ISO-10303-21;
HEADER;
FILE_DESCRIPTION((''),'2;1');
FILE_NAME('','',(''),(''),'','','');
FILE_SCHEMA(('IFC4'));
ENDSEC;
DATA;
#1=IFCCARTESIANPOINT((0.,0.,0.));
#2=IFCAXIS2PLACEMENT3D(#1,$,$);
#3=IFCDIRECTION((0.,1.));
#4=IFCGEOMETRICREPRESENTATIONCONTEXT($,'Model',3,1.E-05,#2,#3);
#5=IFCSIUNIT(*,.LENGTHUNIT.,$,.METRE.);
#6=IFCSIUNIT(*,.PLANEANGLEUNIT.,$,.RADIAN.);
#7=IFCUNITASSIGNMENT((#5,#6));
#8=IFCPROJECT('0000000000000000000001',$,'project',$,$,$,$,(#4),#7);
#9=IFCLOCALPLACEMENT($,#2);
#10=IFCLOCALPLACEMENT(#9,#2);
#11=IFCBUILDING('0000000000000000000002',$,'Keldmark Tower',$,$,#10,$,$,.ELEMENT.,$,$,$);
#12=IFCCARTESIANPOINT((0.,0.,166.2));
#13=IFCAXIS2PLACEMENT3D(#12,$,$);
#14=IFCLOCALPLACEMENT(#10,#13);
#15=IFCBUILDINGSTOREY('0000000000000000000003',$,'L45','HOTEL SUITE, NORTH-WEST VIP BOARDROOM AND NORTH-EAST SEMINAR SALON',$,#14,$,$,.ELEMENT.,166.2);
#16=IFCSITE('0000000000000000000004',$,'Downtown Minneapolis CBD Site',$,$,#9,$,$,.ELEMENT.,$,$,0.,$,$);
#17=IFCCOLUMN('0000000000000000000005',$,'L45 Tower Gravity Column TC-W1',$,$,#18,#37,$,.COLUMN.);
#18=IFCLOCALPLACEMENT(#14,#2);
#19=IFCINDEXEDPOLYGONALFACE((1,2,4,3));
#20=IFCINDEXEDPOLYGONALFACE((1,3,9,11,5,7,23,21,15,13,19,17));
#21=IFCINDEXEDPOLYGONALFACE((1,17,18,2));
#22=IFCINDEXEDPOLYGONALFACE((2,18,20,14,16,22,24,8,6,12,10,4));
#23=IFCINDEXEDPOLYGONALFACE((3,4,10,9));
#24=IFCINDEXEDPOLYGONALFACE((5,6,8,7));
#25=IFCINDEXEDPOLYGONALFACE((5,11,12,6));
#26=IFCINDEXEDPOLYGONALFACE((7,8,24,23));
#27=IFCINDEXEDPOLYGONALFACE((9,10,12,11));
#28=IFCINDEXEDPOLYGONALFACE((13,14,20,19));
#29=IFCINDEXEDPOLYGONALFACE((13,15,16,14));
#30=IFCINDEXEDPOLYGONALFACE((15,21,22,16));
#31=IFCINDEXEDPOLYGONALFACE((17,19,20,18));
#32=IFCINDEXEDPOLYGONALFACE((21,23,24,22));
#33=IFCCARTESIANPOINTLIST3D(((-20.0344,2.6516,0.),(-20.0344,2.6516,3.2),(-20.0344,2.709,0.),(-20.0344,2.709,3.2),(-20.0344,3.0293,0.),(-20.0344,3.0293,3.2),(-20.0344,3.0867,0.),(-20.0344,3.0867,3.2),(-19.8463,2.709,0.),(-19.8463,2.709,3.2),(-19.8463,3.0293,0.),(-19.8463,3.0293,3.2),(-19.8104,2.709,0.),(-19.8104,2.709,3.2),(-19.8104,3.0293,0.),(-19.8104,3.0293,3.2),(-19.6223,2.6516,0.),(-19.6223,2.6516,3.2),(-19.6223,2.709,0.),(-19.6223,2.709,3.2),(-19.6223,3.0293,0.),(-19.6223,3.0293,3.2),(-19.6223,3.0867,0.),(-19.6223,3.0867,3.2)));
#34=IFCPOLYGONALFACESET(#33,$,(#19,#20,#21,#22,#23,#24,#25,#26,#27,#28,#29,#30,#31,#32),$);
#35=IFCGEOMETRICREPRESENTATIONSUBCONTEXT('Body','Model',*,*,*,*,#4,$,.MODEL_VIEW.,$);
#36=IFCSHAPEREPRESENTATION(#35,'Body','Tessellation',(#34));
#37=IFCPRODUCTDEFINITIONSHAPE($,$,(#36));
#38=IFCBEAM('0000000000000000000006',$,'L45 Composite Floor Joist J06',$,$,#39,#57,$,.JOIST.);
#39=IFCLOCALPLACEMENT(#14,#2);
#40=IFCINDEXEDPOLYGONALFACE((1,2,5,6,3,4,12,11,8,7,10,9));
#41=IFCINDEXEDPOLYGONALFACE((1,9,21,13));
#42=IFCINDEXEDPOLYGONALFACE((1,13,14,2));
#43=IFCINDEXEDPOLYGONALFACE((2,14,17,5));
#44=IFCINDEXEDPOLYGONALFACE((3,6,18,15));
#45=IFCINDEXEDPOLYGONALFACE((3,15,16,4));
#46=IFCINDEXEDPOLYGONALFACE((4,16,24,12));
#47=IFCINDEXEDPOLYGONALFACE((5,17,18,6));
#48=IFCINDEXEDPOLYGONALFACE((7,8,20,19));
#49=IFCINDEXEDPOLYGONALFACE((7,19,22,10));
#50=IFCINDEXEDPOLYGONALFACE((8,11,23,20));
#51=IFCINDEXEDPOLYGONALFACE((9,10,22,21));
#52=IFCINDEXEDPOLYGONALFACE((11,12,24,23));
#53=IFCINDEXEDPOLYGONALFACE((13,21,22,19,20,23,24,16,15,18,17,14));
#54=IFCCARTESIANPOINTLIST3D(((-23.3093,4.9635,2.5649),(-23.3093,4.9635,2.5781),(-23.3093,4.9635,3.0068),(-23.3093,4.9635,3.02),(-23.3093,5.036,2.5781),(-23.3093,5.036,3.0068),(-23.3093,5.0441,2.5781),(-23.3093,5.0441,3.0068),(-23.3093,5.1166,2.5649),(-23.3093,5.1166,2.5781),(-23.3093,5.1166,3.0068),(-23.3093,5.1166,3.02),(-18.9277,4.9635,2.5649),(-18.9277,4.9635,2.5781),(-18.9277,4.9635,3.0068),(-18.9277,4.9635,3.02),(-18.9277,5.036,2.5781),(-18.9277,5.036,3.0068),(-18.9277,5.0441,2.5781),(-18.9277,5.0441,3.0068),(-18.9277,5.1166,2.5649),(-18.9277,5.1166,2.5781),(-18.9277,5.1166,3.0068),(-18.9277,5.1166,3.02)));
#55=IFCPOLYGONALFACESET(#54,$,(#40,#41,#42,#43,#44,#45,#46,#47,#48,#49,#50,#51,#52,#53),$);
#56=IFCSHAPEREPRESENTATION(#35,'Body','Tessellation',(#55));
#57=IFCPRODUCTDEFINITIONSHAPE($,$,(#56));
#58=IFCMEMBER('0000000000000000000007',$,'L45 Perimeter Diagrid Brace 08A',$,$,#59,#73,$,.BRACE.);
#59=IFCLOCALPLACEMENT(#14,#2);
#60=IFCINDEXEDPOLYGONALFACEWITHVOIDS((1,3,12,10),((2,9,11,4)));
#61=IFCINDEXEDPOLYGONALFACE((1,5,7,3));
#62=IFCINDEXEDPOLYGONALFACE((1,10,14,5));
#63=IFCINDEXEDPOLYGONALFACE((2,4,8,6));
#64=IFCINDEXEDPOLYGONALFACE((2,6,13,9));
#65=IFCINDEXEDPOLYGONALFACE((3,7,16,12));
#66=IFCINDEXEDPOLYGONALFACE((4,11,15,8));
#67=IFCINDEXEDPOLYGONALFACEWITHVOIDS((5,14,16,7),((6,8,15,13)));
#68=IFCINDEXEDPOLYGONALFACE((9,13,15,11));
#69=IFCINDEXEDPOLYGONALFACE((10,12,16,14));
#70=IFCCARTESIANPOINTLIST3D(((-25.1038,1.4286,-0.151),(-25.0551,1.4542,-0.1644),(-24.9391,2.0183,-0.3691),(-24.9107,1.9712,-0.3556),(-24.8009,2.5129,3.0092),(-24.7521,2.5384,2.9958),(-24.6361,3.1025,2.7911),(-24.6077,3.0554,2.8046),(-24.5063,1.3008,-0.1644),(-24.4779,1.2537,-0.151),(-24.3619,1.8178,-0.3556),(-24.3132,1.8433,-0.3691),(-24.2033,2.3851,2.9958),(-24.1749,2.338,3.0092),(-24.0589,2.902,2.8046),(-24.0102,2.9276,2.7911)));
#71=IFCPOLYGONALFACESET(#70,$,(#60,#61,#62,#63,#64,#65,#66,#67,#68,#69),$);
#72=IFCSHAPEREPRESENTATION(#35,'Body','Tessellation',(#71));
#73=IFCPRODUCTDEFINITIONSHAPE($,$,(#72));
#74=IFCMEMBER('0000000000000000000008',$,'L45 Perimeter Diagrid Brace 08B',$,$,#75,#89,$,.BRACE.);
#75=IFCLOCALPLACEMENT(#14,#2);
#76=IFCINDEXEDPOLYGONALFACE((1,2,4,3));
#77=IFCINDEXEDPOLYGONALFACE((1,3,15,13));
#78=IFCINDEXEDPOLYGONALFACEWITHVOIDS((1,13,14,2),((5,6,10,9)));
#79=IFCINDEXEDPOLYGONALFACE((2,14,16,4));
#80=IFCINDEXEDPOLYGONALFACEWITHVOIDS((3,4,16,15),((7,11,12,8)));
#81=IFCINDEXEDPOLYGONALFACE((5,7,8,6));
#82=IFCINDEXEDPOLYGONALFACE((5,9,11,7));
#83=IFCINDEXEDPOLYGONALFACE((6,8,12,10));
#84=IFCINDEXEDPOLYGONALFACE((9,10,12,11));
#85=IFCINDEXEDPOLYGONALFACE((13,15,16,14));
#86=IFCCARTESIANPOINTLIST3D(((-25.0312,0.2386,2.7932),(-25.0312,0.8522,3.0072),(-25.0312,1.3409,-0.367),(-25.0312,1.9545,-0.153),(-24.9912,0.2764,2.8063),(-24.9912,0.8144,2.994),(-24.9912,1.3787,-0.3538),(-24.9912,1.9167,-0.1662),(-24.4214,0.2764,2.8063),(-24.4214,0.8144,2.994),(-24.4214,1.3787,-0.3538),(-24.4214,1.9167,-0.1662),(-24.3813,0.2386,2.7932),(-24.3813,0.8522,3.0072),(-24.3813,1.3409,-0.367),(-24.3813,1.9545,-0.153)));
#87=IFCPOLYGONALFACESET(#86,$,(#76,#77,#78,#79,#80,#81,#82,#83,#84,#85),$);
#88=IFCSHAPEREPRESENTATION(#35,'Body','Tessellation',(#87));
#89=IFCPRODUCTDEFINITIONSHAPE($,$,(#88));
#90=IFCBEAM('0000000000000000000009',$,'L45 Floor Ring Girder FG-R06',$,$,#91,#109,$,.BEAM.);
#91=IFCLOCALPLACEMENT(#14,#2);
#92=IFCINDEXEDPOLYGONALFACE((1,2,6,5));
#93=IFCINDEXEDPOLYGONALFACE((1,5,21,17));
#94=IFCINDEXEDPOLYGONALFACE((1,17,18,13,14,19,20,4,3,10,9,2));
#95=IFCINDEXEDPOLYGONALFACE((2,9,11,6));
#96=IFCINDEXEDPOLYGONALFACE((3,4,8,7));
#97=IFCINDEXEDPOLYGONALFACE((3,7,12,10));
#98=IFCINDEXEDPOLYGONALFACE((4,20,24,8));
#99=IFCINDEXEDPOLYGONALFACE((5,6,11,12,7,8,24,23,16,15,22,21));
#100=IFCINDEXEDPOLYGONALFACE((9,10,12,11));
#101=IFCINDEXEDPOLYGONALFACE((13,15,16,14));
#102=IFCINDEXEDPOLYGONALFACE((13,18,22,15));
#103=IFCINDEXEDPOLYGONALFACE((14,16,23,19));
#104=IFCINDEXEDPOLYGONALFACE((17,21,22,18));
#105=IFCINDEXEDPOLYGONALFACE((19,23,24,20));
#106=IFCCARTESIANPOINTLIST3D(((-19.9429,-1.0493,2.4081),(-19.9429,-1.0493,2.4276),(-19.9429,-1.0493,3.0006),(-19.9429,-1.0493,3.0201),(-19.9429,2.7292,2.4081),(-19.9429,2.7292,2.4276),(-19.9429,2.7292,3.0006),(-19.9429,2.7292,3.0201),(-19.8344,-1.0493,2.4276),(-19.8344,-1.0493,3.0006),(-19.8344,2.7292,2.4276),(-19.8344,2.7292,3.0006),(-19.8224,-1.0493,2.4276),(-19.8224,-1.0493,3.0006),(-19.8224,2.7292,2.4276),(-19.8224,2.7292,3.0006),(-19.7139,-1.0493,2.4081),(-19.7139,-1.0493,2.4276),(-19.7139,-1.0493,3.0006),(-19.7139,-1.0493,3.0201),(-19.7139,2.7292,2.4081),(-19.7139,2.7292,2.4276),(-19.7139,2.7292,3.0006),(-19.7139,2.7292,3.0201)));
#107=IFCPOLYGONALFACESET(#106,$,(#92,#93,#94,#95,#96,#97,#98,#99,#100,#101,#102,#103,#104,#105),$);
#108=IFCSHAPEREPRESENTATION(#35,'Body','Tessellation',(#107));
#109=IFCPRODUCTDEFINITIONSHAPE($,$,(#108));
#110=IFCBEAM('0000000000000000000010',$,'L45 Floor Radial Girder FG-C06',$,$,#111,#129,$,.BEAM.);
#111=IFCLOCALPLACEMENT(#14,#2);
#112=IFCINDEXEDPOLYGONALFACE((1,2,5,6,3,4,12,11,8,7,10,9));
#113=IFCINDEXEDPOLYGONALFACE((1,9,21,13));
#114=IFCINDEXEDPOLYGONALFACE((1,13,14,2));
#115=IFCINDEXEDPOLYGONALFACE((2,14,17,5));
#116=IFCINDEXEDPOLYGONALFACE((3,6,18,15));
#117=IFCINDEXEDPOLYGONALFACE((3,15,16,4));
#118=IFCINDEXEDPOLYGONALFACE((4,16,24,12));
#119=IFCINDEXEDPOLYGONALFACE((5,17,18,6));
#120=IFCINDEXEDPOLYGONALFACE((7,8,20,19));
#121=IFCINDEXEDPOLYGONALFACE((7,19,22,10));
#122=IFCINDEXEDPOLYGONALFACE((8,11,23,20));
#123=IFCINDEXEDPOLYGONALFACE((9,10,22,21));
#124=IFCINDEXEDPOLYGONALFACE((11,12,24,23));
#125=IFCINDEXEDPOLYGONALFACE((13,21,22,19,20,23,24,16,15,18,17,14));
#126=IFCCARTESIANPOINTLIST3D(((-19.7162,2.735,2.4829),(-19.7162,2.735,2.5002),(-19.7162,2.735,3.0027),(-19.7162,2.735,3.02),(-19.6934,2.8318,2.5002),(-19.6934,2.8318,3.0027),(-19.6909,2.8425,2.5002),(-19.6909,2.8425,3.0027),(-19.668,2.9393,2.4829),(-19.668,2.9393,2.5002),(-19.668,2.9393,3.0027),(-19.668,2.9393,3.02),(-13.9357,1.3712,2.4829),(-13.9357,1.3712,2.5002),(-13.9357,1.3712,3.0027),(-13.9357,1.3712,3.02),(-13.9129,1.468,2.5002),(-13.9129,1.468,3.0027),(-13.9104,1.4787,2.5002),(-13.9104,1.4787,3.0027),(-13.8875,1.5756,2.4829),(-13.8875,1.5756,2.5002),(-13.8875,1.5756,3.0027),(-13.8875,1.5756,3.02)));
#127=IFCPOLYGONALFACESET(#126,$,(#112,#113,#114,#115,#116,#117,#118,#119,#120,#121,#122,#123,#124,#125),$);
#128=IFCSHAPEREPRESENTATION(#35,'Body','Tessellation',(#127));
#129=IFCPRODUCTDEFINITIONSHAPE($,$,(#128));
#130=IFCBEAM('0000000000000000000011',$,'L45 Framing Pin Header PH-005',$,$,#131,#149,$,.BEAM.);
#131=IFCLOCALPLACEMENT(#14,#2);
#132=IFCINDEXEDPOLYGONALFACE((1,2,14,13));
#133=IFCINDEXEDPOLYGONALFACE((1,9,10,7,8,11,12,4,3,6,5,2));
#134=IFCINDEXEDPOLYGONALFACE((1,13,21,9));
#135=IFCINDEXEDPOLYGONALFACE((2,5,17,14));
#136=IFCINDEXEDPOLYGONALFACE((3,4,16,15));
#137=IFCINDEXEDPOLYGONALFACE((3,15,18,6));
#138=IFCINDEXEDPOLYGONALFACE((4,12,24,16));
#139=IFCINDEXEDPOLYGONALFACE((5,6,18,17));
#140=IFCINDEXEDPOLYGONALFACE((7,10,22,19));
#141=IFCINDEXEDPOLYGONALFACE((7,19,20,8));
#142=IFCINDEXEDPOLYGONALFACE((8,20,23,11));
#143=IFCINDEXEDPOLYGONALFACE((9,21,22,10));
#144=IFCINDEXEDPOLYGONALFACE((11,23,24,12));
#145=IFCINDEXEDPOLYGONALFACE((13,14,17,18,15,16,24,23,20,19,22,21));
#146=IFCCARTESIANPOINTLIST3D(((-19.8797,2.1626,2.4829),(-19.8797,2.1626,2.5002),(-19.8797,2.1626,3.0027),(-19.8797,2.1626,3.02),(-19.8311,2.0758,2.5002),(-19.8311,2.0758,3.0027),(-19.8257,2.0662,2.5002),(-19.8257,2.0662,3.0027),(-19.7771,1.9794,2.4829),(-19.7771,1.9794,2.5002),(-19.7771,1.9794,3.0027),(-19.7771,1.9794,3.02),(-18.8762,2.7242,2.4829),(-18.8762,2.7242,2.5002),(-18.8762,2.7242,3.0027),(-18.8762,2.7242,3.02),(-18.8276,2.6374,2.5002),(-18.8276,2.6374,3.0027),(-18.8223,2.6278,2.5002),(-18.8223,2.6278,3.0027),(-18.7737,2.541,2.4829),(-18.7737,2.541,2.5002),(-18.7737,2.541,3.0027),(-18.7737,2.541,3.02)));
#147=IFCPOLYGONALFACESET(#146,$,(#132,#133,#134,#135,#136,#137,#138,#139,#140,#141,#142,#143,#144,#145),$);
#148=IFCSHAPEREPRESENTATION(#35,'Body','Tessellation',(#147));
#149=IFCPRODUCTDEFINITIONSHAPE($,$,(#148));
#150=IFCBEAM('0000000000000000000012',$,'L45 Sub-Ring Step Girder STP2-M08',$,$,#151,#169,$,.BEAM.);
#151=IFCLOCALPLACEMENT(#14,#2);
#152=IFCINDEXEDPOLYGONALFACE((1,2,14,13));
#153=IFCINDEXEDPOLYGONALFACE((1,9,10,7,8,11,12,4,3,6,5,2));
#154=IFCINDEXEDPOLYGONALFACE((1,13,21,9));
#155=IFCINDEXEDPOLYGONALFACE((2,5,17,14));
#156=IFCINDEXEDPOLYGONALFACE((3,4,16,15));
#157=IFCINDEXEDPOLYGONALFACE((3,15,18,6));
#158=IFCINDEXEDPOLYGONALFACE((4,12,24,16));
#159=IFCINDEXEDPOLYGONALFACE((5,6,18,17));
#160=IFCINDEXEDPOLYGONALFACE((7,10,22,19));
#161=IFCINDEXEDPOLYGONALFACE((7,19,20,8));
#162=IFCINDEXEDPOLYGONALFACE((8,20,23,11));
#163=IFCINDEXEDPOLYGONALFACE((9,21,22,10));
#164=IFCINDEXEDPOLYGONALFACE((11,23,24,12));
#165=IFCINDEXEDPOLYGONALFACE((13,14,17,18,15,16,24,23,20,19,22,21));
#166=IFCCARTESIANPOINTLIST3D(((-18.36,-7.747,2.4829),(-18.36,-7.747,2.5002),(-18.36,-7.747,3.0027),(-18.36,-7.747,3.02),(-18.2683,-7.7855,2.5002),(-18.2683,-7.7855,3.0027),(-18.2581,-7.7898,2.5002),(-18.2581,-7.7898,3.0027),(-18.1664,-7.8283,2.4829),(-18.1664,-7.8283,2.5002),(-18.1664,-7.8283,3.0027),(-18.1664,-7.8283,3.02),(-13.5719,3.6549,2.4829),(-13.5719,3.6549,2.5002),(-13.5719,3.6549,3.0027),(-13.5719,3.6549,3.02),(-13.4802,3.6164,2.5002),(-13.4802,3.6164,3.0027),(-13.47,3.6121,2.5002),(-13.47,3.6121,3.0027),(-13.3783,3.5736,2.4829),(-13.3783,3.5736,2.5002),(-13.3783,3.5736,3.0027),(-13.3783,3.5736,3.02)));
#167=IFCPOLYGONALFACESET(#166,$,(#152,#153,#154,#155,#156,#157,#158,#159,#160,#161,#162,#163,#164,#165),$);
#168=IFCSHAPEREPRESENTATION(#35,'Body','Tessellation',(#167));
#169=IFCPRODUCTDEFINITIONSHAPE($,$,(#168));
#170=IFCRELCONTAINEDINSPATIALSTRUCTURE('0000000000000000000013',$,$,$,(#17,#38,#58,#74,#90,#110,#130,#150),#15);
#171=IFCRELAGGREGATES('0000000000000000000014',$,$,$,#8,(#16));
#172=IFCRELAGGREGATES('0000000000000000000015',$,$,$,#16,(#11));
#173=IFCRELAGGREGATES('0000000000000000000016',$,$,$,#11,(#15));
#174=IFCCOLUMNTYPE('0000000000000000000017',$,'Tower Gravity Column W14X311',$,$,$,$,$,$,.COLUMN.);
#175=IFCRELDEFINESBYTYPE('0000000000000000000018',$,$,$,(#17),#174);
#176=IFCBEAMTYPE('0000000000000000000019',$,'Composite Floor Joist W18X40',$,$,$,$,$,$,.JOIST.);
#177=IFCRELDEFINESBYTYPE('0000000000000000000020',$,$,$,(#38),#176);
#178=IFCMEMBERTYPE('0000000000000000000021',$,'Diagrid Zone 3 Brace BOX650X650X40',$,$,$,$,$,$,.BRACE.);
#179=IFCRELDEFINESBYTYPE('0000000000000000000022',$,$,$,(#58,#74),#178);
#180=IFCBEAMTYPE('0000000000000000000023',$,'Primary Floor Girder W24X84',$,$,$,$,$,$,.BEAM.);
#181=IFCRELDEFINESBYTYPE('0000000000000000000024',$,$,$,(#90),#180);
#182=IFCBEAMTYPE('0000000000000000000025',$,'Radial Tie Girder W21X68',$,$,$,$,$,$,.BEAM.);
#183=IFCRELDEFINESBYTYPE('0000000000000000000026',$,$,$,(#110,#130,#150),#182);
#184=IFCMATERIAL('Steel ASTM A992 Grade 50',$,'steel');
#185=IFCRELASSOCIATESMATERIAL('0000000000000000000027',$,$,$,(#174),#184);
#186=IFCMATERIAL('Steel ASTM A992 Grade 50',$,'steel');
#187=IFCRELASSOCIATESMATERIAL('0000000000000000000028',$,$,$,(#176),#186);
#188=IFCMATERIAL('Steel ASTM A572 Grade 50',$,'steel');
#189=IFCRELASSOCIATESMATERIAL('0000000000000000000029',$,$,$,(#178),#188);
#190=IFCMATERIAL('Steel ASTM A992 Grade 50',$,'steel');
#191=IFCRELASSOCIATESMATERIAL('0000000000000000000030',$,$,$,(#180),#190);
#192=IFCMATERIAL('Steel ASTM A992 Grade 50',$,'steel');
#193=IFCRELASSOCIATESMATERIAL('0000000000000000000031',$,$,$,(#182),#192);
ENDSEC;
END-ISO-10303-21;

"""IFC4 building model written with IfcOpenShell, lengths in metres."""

from ifc_helpers import new_model, si_unit, direction, frame, origin, origin_2d, place, context, subcontext, project, spatial, hollow_rectangle, i_section, extrude, material, material_profile, profile_set, type_object, element, save


model = new_model("IFC4")

# Units and contexts
model_context = context("Model", 3, precision=1e-05, world=origin(), true_north=direction((0.0, 1.0)))
body_context = subcontext(model_context, "Body", "Model", "MODEL_VIEW")
ifc_project = project(units=[si_unit("LENGTHUNIT", "METRE"), si_unit("PLANEANGLEUNIT", "RADIAN")], contexts=[model_context])

# Site, building, storey
site_placement = place(None, origin())
site = spatial("IfcSite", under=ifc_project, at=site_placement, Name="Downtown Minneapolis CBD Site", CompositionType="ELEMENT", RefElevation=0.0)
building_placement = place(site_placement, origin())
building = spatial("IfcBuilding", under=site, at=building_placement, Name="Keldmark Tower", CompositionType="ELEMENT")
storey_placement = place(building_placement, frame((0.0, 0.0, 166.2)))
storey = spatial("IfcBuildingStorey", under=building, at=storey_placement, Name="L45", Description="HOTEL SUITE, NORTH-WEST VIP BOARDROOM AND NORTH-EAST SEMINAR SALON", CompositionType="ELEMENT", Elevation=166.2)

# Column
ifc_material_1 = material(Name="Steel ASTM A992 Grade 50", Category="steel")
ifc_material_profile_1 = material_profile(ifc_material_1, i_section(OverallWidth=0.4121, OverallDepth=0.4351, WebThickness=0.0359, FlangeThickness=0.0574, at=origin_2d()), Name="W14X311")
ifc_profile_set_1 = profile_set([ifc_material_profile_1], Name="Steel ASTM A992 Grade 50")
column_type = type_object("IfcColumnType", Name="Tower Gravity Column W14X311", PredefinedType="COLUMN", material=ifc_profile_set_1)
column_placement = place(storey_placement, frame((-19.8284, 2.8691, 0.0), z_axis=(0.0, 0.0, 1.0), x_axis=(1.0, 0.0, 0.0)))
element("IfcColumn", 1, at=column_placement, inside=storey, type_object=column_type, Name="L45 Tower Gravity Column TC-W1", PredefinedType="COLUMN", context=body_context, shape_type="SweptSolid", body=[
    extrude(i_section(OverallWidth=0.4121, OverallDepth=0.4351, WebThickness=0.0359, FlangeThickness=0.0574, at=origin_2d()), origin(), (0.0, 0.0, 1.0), 3.2),
])

# Beam
ifc_material_2 = material(Name="Steel ASTM A992 Grade 50", Category="steel")
ifc_material_profile_2 = material_profile(ifc_material_2, i_section(OverallWidth=0.1531, OverallDepth=0.4551, WebThickness=0.0081, FlangeThickness=0.0132, at=origin_2d()), Name="W18X40")
ifc_profile_set_2 = profile_set([ifc_material_profile_2], Name="Steel ASTM A992 Grade 50")
beam_type_1 = type_object("IfcBeamType", Name="Composite Floor Joist W18X40", PredefinedType="JOIST", material=ifc_profile_set_2)
beam_1_placement = place(storey_placement, frame((-23.3093, 5.04, 2.7925), z_axis=(1.0, 0.0, 0.0), x_axis=(0.0, 1.0, 0.0)))
element("IfcBeam", 2, at=beam_1_placement, inside=storey, type_object=beam_type_1, Name="L45 Composite Floor Joist J06", PredefinedType="JOIST", context=body_context, shape_type="SweptSolid", body=[
    extrude(i_section(OverallWidth=0.1531, OverallDepth=0.4551, WebThickness=0.0081, FlangeThickness=0.0132, at=origin_2d()), origin(), (0.0, 0.0, 1.0), 4.3816),
])

# Members
ifc_material_3 = material(Name="Steel ASTM A572 Grade 50", Category="steel")
ifc_material_profile_3 = material_profile(ifc_material_3, hollow_rectangle(XDim=0.6499, YDim=0.6499, WallThickness=0.04, at=origin_2d()), Name="BOX650X650X40")
ifc_profile_set_3 = profile_set([ifc_material_profile_3], Name="Steel ASTM A572 Grade 50")
member_type = type_object("IfcMemberType", Name="Diagrid Zone 3 Brace BOX650X650X40", PredefinedType="BRACE", material=ifc_profile_set_3)
member_1_placement = place(storey_placement, frame((-24.7085, 1.636, -0.26), z_axis=(0.090315, 0.323198, 0.942012), x_axis=(-0.963104, 0.269131, 0.0)))
element("IfcMember", 3, at=member_1_placement, inside=storey, type_object=member_type, Name="L45 Perimeter Diagrid Brace 08A", PredefinedType="BRACE", context=body_context, shape_type="SweptSolid", body=[
    extrude(hollow_rectangle(XDim=0.6499, YDim=0.6499, WallThickness=0.04, at=origin_2d()), origin(), (0.0, 0.0, 1.0), 3.3547),
])
member_2_placement = place(storey_placement, frame((-24.7063, 1.6477, -0.26), z_axis=(0.0, -0.329349, 0.944208), x_axis=(1.0, 0.0, 0.0)))
element("IfcMember", 4, at=member_2_placement, inside=storey, type_object=member_type, Name="L45 Perimeter Diagrid Brace 08B", PredefinedType="BRACE", context=body_context, shape_type="SweptSolid", body=[
    extrude(hollow_rectangle(XDim=0.6499, YDim=0.6499, WallThickness=0.04, at=origin_2d()), origin(), (0.0, 0.0, 1.0), 3.3469),
])

# Beams
ifc_material_4 = material(Name="Steel ASTM A992 Grade 50", Category="steel")
ifc_material_profile_4 = material_profile(ifc_material_4, i_section(OverallWidth=0.229, OverallDepth=0.6121, WebThickness=0.012, FlangeThickness=0.0195, at=origin_2d()), Name="W24X84")
ifc_profile_set_4 = profile_set([ifc_material_profile_4], Name="Steel ASTM A992 Grade 50")
beam_type_2 = type_object("IfcBeamType", Name="Primary Floor Girder W24X84", PredefinedType="BEAM", material=ifc_profile_set_4)
beam_2_placement = place(storey_placement, frame((-19.8284, 2.7292, 2.7141), z_axis=(0.0, -1.0, 0.0), x_axis=(1.0, 0.0, 0.0)))
element("IfcBeam", 5, at=beam_2_placement, inside=storey, type_object=beam_type_2, Name="L45 Floor Ring Girder FG-R06", PredefinedType="BEAM", context=body_context, shape_type="SweptSolid", body=[
    extrude(i_section(OverallWidth=0.229, OverallDepth=0.6121, WebThickness=0.012, FlangeThickness=0.0195, at=origin_2d()), origin(), (0.0, 0.0, 1.0), 3.7786),
])
ifc_material_5 = material(Name="Steel ASTM A992 Grade 50", Category="steel")
ifc_material_profile_5 = material_profile(ifc_material_5, i_section(OverallWidth=0.21, OverallDepth=0.5371, WebThickness=0.011, FlangeThickness=0.0173, at=origin_2d()), Name="W21X68")
ifc_profile_set_5 = profile_set([ifc_material_profile_5], Name="Steel ASTM A992 Grade 50")
beam_type_3 = type_object("IfcBeamType", Name="Radial Tie Girder W21X68", PredefinedType="BEAM", material=ifc_profile_set_5)
beam_3_placement = place(storey_placement, frame((-19.6921, 2.8372, 2.7515), z_axis=(0.97328, -0.229621, 0.0), x_axis=(0.229621, 0.97328, 0.0)))
element("IfcBeam", 6, at=beam_3_placement, inside=storey, type_object=beam_type_3, Name="L45 Floor Radial Girder FG-C06", PredefinedType="BEAM", context=body_context, shape_type="SweptSolid", body=[
    extrude(i_section(OverallWidth=0.21, OverallDepth=0.5371, WebThickness=0.011, FlangeThickness=0.0173, at=origin_2d()), origin(), (0.0, 0.0, 1.0), 5.9392),
])
beam_4_placement = place(storey_placement, frame((-18.825, 2.6326, 2.7515), z_axis=(-0.872651, -0.488345, 0.0), x_axis=(0.488345, -0.872651, 0.0)))
element("IfcBeam", 7, at=beam_4_placement, inside=storey, type_object=beam_type_3, Name="L45 Framing Pin Header PH-005", PredefinedType="BEAM", context=body_context, shape_type="SweptSolid", body=[
    extrude(i_section(OverallWidth=0.21, OverallDepth=0.5371, WebThickness=0.011, FlangeThickness=0.0173, at=origin_2d()), origin(), (0.0, 0.0, 1.0), 1.1499),
])
beam_5_placement = place(storey_placement, frame((-13.4751, 3.6143, 2.7515), z_axis=(-0.387185, -0.922002, 0.0), x_axis=(0.922002, -0.387185, 0.0)))
element("IfcBeam", 8, at=beam_5_placement, inside=storey, type_object=beam_type_3, Name="L45 Sub-Ring Step Girder STP2-M08", PredefinedType="BEAM", context=body_context, shape_type="SweptSolid", body=[
    extrude(i_section(OverallWidth=0.21, OverallDepth=0.5371, WebThickness=0.011, FlangeThickness=0.0173, at=origin_2d()), origin(), (0.0, 0.0, 1.0), 12.3665),
])

save(model, "model.ifc")
